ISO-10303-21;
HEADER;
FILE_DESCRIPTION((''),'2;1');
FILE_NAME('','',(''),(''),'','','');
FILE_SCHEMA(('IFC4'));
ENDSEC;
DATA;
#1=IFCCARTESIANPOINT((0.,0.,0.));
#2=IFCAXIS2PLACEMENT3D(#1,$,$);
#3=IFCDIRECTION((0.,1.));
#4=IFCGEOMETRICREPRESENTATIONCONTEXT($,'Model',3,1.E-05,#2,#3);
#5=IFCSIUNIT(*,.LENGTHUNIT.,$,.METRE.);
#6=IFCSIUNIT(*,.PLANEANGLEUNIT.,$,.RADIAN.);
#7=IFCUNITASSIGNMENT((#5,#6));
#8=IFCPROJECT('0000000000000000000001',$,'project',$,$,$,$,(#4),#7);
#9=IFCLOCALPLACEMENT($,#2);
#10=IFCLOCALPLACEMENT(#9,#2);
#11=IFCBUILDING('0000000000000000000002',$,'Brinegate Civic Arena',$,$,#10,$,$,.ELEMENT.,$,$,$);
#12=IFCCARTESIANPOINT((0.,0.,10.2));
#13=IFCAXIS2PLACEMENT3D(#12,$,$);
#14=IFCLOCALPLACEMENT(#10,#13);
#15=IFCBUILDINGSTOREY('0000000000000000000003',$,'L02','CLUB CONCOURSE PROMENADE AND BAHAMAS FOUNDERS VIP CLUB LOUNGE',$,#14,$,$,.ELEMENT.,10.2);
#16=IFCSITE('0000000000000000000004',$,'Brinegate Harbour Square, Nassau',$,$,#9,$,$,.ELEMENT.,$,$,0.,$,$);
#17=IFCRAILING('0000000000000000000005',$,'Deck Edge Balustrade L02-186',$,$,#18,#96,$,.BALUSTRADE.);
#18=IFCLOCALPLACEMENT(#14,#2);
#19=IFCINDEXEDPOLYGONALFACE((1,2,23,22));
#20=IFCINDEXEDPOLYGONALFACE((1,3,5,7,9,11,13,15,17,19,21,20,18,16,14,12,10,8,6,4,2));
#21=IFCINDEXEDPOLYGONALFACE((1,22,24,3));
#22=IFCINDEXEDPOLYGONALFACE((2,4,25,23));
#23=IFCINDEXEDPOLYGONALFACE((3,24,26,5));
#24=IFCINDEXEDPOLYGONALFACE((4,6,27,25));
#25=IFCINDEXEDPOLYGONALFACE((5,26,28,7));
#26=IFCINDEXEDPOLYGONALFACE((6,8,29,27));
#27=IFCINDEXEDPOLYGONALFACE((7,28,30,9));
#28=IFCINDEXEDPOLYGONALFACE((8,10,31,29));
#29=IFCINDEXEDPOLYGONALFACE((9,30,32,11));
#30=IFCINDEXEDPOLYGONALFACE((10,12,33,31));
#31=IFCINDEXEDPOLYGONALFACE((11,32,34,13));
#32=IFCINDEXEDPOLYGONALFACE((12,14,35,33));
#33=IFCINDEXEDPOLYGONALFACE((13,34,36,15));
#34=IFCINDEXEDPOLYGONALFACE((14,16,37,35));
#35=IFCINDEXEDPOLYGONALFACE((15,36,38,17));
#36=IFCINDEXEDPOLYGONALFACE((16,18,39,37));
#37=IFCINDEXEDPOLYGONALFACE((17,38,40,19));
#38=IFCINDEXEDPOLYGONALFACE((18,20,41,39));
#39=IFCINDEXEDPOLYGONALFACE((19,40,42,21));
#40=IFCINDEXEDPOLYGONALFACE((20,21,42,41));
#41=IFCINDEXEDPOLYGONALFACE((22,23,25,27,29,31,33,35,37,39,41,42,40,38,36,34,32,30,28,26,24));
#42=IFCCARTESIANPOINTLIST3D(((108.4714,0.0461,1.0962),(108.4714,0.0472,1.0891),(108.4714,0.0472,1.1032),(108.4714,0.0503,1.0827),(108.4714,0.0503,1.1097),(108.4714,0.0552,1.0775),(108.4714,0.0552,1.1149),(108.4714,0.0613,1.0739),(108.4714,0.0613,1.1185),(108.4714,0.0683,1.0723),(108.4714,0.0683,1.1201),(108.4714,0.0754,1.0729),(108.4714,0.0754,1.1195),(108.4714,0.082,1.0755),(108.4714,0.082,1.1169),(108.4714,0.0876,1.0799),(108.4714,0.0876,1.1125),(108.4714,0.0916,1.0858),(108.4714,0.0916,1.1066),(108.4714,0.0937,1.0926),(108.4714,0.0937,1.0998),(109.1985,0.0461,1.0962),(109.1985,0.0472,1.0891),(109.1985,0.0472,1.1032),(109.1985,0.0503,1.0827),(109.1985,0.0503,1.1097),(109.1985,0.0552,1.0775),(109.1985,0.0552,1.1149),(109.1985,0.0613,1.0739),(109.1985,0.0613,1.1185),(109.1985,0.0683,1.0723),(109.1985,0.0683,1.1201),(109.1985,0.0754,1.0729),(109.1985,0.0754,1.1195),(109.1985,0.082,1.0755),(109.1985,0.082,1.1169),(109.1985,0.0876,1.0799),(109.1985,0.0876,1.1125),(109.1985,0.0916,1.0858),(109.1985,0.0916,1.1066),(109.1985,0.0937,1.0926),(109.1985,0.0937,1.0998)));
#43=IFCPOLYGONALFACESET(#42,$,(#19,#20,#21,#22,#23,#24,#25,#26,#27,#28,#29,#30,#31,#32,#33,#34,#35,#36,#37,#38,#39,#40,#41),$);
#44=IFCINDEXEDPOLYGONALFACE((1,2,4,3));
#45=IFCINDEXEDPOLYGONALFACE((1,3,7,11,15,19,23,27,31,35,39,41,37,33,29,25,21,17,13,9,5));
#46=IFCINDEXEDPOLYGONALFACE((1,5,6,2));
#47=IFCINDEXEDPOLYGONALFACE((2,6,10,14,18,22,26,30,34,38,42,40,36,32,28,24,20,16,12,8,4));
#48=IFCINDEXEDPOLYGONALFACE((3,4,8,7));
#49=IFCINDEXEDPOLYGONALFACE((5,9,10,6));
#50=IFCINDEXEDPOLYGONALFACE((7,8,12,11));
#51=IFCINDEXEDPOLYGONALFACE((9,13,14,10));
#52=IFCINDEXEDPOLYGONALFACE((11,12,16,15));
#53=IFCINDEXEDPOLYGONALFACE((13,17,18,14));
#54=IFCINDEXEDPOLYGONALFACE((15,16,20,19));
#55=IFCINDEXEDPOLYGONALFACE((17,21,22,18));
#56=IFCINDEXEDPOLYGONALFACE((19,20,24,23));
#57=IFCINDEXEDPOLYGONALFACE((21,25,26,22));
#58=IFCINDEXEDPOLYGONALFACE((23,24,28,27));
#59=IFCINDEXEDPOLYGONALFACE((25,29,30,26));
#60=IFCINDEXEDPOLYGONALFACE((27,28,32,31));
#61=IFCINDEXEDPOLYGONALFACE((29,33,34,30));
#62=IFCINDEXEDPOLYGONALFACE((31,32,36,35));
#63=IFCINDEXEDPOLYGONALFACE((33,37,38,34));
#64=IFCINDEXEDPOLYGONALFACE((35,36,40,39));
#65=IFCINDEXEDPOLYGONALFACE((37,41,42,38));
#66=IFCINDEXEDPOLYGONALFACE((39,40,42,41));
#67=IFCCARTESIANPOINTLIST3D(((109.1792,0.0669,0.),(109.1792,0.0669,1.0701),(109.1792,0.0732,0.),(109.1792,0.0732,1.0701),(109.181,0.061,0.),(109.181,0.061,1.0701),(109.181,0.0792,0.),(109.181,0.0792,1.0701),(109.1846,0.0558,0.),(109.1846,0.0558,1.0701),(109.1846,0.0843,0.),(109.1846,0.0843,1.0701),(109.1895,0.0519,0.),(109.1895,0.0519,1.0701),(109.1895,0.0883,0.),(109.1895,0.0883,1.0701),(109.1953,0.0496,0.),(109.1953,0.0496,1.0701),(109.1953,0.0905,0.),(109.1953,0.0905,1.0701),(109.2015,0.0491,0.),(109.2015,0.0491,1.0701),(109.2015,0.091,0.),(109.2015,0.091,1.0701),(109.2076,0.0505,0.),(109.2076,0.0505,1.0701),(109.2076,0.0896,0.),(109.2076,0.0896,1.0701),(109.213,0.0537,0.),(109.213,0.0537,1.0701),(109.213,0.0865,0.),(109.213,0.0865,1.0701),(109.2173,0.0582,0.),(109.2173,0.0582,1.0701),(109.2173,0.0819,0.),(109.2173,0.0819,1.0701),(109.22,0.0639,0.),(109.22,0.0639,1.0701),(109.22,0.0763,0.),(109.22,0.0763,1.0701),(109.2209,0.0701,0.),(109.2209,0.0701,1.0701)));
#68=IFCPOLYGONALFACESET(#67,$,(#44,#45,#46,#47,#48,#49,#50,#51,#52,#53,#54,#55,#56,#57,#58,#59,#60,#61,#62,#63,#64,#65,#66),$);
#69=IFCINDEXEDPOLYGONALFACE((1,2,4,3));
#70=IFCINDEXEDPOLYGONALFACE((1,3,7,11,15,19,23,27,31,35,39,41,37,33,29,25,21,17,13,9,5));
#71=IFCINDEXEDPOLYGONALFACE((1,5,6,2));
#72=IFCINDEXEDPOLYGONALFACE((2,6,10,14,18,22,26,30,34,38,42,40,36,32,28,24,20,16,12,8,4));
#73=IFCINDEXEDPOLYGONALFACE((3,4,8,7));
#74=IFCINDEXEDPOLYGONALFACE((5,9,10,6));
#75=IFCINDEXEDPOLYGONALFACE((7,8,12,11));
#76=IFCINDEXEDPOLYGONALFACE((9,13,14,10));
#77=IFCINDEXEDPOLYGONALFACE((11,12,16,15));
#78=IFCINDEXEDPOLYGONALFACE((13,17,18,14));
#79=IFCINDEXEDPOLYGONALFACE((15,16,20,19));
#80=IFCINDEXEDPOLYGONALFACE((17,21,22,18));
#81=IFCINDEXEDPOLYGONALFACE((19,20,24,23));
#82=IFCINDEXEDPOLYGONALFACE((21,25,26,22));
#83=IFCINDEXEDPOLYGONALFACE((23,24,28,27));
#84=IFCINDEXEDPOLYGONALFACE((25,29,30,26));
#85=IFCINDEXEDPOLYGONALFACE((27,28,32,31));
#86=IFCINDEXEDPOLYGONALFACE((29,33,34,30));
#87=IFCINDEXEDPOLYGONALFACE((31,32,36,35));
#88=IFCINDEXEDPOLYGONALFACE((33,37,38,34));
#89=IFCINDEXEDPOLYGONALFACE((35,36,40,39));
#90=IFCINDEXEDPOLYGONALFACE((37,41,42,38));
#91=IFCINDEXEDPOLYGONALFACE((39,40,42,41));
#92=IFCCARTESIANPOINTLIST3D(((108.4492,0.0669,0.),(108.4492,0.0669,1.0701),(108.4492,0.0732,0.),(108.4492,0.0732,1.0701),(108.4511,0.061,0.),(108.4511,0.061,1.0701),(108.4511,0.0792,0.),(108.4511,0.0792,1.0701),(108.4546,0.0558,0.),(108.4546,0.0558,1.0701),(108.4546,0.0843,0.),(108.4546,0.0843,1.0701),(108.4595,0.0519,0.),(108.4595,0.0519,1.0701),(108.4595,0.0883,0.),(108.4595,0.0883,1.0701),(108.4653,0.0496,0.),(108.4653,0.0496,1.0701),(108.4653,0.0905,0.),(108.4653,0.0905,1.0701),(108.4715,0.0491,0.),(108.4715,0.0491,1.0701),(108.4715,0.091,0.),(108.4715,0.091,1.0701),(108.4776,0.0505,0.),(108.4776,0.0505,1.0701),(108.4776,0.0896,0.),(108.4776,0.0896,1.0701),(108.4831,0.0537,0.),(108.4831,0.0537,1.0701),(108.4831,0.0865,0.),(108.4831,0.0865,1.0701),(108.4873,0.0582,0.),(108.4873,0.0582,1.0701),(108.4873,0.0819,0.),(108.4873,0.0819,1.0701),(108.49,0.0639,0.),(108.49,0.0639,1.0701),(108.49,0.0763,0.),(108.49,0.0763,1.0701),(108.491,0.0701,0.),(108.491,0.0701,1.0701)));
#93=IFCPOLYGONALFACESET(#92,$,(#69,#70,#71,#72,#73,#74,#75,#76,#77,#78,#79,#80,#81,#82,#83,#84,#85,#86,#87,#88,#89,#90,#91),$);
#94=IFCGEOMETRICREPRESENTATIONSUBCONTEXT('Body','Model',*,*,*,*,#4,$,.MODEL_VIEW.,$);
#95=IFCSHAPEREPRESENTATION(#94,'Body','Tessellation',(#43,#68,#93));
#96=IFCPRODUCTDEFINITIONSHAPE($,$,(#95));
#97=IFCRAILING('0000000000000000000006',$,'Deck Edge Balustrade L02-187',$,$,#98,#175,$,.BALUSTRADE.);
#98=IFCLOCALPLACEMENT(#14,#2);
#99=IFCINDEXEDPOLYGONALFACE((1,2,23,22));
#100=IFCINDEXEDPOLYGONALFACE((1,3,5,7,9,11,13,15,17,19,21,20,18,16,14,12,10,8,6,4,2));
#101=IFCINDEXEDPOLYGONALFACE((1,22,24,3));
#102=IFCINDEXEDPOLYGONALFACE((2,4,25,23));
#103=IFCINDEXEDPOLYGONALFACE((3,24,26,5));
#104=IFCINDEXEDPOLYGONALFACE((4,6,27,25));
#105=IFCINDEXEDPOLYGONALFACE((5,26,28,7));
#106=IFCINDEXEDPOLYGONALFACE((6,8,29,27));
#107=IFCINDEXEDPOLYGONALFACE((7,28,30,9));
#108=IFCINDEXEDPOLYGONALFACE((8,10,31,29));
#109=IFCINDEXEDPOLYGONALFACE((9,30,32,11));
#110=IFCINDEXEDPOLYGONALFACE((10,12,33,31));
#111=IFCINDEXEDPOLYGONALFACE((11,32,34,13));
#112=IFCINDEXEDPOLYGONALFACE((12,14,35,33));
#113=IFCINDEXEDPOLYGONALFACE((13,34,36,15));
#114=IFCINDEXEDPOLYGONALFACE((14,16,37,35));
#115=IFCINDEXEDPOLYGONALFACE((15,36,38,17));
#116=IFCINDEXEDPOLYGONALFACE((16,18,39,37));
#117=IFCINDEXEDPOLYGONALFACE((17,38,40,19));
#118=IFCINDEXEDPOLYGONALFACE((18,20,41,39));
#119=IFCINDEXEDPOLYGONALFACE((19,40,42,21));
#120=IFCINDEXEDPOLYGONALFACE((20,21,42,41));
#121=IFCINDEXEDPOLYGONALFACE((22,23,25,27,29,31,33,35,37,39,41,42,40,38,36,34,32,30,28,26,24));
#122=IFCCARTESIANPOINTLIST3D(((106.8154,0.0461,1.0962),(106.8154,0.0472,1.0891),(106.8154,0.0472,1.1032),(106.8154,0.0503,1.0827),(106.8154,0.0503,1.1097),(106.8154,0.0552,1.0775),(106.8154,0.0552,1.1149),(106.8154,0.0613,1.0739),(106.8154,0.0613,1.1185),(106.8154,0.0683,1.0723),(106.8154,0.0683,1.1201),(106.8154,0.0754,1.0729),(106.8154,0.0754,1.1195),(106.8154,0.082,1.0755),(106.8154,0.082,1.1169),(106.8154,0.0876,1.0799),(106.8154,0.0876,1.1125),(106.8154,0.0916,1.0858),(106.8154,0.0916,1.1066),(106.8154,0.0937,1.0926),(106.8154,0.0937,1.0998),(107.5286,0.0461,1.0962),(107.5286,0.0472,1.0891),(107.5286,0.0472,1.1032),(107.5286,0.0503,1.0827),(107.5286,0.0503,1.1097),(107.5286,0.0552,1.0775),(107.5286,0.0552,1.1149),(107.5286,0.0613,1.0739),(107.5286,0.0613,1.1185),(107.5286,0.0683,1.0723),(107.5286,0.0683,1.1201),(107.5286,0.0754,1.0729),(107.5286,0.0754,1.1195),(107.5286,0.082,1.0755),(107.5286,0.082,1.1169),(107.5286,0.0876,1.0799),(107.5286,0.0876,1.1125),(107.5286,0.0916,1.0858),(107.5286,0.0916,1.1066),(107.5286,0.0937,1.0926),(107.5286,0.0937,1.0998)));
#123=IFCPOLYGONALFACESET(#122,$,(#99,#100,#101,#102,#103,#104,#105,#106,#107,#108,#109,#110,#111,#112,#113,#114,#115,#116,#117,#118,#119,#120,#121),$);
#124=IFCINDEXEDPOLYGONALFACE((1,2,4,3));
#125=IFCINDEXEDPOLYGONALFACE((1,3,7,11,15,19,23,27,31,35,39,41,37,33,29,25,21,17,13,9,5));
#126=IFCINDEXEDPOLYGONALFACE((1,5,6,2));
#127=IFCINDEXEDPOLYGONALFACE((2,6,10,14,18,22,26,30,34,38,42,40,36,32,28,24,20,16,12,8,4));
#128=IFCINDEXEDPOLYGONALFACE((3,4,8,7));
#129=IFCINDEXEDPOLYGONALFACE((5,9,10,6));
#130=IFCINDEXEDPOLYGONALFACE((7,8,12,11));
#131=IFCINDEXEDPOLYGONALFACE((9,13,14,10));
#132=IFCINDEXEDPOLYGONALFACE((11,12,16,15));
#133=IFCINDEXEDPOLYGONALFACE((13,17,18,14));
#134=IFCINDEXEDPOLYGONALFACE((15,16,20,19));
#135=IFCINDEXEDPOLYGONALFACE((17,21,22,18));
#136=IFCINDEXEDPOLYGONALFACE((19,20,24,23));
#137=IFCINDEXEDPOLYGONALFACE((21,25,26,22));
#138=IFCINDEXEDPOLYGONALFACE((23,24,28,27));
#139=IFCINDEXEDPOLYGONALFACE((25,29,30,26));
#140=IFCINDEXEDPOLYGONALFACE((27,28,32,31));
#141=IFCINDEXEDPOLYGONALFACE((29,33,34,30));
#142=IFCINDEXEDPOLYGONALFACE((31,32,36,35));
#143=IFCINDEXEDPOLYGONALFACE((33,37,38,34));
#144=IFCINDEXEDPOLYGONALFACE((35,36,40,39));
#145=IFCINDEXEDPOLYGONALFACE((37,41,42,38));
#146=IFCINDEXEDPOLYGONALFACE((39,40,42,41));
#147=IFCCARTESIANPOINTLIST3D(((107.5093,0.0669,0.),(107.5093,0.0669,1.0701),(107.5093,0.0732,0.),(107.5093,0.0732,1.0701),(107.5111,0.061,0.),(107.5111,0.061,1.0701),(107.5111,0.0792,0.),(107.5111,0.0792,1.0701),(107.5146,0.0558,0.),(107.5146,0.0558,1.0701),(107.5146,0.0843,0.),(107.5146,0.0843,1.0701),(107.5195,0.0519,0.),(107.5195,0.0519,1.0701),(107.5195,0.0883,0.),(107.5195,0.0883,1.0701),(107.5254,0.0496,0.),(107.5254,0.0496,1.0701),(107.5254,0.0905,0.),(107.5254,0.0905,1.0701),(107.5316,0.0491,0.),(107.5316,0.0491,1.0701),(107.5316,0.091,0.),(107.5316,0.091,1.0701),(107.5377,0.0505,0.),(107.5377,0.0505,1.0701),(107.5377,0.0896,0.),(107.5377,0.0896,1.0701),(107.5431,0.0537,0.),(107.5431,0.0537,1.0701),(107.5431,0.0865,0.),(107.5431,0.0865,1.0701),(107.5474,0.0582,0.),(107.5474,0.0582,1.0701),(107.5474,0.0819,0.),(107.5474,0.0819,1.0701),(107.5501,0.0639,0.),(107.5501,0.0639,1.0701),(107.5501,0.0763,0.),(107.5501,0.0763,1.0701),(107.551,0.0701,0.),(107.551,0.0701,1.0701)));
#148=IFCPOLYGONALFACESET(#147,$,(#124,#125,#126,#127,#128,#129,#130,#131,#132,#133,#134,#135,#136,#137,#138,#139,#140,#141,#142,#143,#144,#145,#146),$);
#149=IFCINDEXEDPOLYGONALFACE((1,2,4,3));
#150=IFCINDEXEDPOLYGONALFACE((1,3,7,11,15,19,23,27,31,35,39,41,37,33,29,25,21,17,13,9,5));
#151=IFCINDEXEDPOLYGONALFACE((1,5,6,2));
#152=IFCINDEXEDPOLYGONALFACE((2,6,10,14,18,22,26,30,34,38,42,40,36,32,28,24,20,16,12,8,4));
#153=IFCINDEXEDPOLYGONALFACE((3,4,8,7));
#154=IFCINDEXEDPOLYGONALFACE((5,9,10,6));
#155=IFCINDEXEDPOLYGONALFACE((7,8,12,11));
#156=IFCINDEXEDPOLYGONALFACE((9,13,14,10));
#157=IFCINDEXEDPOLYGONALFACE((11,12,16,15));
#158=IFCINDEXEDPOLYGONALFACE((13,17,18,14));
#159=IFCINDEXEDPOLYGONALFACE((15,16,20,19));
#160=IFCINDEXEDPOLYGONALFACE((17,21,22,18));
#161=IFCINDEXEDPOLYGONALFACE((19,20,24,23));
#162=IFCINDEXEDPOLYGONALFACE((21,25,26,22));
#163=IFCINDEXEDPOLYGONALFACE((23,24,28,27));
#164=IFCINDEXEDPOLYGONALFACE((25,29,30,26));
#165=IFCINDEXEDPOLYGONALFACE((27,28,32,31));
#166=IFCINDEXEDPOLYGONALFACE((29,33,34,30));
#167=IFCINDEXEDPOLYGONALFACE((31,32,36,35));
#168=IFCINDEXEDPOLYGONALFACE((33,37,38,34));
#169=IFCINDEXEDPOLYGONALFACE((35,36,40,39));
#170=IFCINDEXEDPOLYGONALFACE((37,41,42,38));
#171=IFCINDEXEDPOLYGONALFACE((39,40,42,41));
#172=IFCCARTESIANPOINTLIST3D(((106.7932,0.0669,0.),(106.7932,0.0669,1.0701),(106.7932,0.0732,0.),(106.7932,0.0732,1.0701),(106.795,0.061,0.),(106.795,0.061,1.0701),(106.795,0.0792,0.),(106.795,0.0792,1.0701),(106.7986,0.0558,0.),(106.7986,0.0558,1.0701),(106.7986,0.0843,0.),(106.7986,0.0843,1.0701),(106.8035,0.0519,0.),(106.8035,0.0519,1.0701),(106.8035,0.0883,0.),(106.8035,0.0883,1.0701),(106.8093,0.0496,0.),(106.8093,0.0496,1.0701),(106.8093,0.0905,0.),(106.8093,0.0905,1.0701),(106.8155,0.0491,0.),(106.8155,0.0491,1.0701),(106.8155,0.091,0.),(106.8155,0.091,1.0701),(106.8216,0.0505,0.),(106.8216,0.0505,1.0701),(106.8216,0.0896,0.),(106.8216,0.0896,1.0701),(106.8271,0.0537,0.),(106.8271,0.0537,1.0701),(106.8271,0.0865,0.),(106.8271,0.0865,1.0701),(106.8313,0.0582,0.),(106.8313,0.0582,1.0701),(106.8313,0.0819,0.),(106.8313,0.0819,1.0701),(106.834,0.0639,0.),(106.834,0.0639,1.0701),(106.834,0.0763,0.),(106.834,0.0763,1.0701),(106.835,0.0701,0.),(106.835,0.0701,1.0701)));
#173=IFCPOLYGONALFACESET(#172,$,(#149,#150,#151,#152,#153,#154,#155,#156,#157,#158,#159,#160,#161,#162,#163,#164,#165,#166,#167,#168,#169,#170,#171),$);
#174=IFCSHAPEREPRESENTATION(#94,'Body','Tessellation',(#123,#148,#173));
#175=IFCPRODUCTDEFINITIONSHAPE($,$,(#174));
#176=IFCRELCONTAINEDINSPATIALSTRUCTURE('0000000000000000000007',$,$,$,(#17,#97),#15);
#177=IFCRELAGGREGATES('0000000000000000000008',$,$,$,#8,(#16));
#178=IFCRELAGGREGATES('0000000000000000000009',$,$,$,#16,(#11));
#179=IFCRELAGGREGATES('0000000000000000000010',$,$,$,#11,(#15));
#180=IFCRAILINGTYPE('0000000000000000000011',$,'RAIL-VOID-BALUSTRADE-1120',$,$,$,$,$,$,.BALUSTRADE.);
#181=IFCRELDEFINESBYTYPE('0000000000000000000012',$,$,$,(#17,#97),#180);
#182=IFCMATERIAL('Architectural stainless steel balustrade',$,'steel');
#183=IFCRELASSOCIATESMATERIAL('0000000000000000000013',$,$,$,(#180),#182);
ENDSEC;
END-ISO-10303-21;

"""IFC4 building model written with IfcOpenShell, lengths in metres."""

from ifc_helpers import new_model, si_unit, direction, frame, origin, origin_2d, place, context, subcontext, project, spatial, circle, extrude, material, type_object, element, save


model = new_model("IFC4")

# Units and contexts
model_context = context("Model", 3, precision=1e-05, world=origin(), true_north=direction((0.0, 1.0)))
body_context = subcontext(model_context, "Body", "Model", "MODEL_VIEW")
ifc_project = project(units=[si_unit("LENGTHUNIT", "METRE"), si_unit("PLANEANGLEUNIT", "RADIAN")], contexts=[model_context])

# Site, building, storey
site_placement = place(None, origin())
site = spatial("IfcSite", under=ifc_project, at=site_placement, Name="Brinegate Harbour Square, Nassau", CompositionType="ELEMENT", RefElevation=0.0)
building_placement = place(site_placement, origin())
building = spatial("IfcBuilding", under=site, at=building_placement, Name="Brinegate Civic Arena", CompositionType="ELEMENT")
storey_placement = place(building_placement, frame((0.0, 0.0, 10.2)))
storey = spatial("IfcBuildingStorey", under=building, at=storey_placement, Name="L02", Description="CLUB CONCOURSE PROMENADE AND BAHAMAS FOUNDERS VIP CLUB LOUNGE", CompositionType="ELEMENT", Elevation=10.2)

# Railings
ifc_material_1 = material(Name="Architectural stainless steel balustrade", Category="steel")
railing_type_1 = type_object("IfcRailingType", Name="RAIL-VOID-BALUSTRADE-1120", PredefinedType="BALUSTRADE", material=ifc_material_1)
railing_1_placement = place(storey_placement, frame((109.2, 0.0701, 0.0)))
element("IfcRailing", 1, at=railing_1_placement, inside=storey, type_object=railing_type_1, Name="Deck Edge Balustrade L02-186", PredefinedType="BALUSTRADE", context=body_context, shape_type="SweptSolid", body=[
    extrude(circle(Radius=0.0239, at=origin_2d()), frame((-0.0015, 0.0, 1.0962), z_axis=(-1.0, 0.0, 0.0), x_axis=(0.0, -1.0, 0.0)), (0.0, 0.0, 1.0), 0.7271),
    extrude(circle(Radius=0.021, at=origin_2d()), origin(), (0.0, 0.0, 1.0), 1.0701),
    extrude(circle(Radius=0.021, at=origin_2d()), frame((-0.73, 0.0, 0.0)), (0.0, 0.0, 1.0), 1.0701),
])
railing_2_placement = place(storey_placement, frame((107.53, 0.0701, 0.0)))
element("IfcRailing", 2, at=railing_2_placement, inside=storey, type_object=railing_type_1, Name="Deck Edge Balustrade L02-187", PredefinedType="BALUSTRADE", context=body_context, shape_type="SweptSolid", body=[
    extrude(circle(Radius=0.0239, at=origin_2d()), frame((-0.0015, 0.0, 1.0962), z_axis=(-1.0, 0.0, 0.0), x_axis=(0.0, -1.0, 0.0)), (0.0, 0.0, 1.0), 0.7131),
    extrude(circle(Radius=0.021, at=origin_2d()), origin(), (0.0, 0.0, 1.0), 1.0701),
    extrude(circle(Radius=0.021, at=origin_2d()), frame((-0.7161, 0.0, 0.0)), (0.0, 0.0, 1.0), 1.0701),
])

save(model, "model.ifc")
